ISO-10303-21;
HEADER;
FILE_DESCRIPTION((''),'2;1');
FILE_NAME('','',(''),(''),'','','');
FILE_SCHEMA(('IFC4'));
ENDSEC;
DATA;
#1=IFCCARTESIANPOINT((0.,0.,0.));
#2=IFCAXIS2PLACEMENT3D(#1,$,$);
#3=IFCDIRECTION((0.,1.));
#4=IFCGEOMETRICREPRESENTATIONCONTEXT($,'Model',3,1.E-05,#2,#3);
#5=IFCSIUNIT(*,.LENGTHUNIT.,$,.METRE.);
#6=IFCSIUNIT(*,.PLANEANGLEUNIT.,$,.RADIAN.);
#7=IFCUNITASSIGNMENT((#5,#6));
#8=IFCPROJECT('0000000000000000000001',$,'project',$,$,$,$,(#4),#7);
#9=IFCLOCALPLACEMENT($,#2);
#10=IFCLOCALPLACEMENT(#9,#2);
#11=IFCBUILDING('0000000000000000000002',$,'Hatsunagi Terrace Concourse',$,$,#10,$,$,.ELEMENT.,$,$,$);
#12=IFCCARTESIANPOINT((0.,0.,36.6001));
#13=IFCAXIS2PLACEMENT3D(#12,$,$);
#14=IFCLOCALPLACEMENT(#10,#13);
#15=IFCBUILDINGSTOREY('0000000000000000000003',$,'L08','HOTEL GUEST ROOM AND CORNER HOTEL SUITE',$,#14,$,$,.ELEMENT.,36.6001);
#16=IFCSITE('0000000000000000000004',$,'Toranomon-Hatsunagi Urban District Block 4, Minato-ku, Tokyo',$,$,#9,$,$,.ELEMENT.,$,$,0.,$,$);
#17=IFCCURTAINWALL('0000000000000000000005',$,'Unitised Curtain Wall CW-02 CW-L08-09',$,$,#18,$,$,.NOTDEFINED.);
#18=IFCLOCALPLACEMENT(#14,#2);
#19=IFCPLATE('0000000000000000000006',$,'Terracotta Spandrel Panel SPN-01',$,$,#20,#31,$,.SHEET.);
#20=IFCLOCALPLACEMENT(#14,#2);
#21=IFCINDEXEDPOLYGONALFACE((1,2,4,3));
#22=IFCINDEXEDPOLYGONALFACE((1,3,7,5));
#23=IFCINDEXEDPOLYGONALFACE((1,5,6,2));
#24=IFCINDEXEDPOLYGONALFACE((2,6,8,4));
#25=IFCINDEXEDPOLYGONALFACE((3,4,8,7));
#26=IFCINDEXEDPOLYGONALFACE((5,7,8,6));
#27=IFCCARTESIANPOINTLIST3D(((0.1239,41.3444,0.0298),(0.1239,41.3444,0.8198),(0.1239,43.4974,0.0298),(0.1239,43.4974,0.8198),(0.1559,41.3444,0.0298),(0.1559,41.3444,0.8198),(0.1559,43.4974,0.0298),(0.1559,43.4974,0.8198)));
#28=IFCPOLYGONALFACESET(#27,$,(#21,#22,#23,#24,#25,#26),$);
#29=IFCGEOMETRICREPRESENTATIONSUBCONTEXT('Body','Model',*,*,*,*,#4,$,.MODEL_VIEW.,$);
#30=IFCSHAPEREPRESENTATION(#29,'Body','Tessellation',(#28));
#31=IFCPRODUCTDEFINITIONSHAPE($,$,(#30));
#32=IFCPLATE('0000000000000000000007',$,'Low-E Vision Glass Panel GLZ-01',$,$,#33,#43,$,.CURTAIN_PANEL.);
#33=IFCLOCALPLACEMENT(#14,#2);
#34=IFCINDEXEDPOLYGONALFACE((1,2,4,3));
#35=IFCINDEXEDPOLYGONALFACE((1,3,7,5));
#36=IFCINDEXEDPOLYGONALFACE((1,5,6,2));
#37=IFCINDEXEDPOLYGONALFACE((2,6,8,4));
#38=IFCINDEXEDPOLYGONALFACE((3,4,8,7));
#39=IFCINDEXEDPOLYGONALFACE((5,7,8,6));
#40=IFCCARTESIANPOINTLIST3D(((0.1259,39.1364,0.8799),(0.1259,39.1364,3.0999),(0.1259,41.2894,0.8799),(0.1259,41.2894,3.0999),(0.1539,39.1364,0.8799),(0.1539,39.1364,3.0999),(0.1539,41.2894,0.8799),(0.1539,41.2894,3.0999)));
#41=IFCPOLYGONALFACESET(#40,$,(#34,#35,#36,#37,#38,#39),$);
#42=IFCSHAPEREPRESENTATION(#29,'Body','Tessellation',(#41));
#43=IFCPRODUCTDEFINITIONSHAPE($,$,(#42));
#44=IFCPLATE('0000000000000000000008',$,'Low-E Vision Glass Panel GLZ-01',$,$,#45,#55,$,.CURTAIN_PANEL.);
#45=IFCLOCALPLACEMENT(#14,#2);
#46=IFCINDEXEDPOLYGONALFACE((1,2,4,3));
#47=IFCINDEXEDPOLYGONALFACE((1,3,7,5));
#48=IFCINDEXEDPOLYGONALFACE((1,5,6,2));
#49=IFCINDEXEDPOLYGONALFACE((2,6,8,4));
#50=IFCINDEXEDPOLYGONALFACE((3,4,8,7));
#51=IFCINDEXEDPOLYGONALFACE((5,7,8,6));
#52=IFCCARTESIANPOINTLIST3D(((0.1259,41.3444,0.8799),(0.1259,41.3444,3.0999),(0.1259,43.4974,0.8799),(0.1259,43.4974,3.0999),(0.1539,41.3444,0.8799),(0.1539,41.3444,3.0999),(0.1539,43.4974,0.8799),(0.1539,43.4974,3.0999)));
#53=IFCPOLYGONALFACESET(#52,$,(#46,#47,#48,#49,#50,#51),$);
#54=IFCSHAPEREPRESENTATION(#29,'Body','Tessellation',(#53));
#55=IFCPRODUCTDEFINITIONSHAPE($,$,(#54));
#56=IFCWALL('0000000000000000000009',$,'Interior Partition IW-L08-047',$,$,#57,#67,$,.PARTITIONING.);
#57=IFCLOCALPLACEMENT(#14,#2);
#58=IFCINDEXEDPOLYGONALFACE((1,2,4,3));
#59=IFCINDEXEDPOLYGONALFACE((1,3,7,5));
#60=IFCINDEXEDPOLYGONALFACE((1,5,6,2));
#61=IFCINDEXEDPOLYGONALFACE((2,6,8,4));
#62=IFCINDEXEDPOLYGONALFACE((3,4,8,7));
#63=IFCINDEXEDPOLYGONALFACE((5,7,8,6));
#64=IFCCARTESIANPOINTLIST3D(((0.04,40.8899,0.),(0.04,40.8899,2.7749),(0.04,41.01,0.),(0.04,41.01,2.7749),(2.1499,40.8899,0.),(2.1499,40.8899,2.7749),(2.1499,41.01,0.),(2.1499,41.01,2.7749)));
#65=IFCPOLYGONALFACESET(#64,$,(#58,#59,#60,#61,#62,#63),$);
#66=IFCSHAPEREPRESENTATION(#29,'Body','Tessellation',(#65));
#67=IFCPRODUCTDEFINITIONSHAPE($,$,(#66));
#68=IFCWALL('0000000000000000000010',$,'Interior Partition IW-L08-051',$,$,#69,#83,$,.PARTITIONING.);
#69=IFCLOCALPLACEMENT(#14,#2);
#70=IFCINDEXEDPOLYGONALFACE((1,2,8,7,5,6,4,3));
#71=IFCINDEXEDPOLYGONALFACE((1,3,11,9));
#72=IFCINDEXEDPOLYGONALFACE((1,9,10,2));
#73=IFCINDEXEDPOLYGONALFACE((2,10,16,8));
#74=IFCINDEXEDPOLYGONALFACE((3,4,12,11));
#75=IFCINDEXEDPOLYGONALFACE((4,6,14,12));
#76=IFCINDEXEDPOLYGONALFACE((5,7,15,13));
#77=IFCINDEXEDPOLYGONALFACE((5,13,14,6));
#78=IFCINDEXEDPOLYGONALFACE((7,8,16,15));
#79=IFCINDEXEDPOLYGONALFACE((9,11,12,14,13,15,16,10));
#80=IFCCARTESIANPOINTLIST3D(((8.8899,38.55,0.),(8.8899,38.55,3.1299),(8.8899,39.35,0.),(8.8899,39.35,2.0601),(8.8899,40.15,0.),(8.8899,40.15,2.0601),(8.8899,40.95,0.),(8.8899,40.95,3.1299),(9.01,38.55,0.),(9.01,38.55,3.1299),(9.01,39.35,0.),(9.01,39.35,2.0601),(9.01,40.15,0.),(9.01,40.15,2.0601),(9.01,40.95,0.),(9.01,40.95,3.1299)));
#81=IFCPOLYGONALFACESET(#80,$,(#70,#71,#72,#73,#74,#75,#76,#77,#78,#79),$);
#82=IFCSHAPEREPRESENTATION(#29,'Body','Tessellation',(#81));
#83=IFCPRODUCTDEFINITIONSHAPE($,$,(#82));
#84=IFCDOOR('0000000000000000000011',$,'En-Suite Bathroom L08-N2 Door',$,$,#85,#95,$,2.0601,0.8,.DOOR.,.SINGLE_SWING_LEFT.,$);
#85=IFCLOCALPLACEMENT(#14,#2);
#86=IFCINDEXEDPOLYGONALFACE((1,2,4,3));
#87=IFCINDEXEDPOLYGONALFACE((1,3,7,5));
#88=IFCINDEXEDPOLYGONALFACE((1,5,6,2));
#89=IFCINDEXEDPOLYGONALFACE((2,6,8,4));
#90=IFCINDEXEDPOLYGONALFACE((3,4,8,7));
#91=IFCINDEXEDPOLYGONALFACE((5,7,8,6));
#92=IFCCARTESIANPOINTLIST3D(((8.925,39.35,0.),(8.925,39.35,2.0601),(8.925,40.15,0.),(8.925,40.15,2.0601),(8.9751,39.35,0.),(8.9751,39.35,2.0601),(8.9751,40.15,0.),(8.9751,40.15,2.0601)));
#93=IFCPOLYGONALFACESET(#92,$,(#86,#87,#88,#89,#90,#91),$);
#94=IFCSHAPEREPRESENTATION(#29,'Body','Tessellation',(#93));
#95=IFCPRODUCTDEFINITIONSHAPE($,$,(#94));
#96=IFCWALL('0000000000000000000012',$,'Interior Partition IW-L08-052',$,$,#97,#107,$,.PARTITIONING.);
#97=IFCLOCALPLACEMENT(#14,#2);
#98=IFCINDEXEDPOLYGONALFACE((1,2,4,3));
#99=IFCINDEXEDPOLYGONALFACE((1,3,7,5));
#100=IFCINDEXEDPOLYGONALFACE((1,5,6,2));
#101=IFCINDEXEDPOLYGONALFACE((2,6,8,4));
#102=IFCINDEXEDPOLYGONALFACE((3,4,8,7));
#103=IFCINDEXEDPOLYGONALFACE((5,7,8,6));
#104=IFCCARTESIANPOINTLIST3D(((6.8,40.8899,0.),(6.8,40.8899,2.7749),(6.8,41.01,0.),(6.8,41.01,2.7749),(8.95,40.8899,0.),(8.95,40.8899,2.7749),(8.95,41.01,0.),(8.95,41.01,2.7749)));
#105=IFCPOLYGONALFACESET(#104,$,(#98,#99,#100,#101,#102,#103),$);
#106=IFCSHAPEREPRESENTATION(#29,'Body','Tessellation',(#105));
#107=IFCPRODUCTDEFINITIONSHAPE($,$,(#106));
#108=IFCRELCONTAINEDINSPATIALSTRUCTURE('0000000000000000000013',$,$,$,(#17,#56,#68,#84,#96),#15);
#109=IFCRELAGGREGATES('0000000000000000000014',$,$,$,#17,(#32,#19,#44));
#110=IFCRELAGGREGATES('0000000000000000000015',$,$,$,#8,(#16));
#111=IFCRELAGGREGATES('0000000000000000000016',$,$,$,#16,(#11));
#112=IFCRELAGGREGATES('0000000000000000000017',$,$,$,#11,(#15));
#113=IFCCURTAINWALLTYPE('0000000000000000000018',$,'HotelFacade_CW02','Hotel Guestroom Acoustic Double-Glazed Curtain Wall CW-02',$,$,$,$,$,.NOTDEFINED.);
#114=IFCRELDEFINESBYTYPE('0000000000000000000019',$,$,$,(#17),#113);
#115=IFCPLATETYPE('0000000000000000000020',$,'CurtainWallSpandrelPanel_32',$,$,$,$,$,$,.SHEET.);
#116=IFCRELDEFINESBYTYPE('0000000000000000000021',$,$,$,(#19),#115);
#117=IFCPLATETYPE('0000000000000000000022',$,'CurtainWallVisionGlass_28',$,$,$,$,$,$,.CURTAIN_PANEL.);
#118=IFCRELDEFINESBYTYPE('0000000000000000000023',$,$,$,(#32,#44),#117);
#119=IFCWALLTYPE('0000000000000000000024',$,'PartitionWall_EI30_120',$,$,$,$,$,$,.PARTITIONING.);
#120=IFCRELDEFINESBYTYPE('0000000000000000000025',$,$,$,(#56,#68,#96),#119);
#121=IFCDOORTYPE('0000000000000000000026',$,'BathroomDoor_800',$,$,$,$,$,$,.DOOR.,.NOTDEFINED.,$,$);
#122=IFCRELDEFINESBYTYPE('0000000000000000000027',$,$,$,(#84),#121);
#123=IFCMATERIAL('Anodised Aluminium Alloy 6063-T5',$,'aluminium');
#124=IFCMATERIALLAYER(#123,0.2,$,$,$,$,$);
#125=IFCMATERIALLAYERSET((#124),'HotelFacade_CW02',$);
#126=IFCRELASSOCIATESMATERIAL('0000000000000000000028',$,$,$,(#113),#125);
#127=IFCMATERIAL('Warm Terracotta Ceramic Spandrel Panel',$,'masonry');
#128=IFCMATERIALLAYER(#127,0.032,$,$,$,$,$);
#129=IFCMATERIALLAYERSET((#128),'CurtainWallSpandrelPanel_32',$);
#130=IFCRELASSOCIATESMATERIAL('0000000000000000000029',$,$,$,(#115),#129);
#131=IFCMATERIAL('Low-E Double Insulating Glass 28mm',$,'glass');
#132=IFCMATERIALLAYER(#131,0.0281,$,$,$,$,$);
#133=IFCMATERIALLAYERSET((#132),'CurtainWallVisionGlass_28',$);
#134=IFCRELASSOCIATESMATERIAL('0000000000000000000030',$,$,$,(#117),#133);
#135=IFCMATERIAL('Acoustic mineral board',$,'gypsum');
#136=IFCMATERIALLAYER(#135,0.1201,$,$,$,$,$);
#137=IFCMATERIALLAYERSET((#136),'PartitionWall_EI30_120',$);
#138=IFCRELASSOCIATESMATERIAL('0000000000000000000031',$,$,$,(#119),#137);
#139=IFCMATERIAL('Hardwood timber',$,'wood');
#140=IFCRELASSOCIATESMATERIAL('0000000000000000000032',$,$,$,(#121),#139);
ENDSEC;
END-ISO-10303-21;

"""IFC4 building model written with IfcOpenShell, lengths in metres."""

from ifc_helpers import new_model, si_unit, direction, frame, frame_2d, origin, origin_2d, place, context, subcontext, project, spatial, rectangle, extrude, material, layer, layer_set, type_object, element, fill, aggregate, save


model = new_model("IFC4")

# Units and contexts
model_context = context("Model", 3, precision=1e-05, world=origin(), true_north=direction((0.0, 1.0)))
body_context = subcontext(model_context, "Body", "Model", "MODEL_VIEW")
ifc_project = project(units=[si_unit("LENGTHUNIT", "METRE"), si_unit("PLANEANGLEUNIT", "RADIAN")], contexts=[model_context])

# Site, building, storey
site_placement = place(None, origin())
site = spatial("IfcSite", under=ifc_project, at=site_placement, Name="Toranomon-Hatsunagi Urban District Block 4, Minato-ku, Tokyo", CompositionType="ELEMENT", RefElevation=0.0)
building_placement = place(site_placement, origin())
building = spatial("IfcBuilding", under=site, at=building_placement, Name="Hatsunagi Terrace Concourse", CompositionType="ELEMENT")
storey_placement = place(building_placement, frame((0.0, 0.0, 36.6001)))
storey = spatial("IfcBuildingStorey", under=building, at=storey_placement, Name="L08", Description="HOTEL GUEST ROOM AND CORNER HOTEL SUITE", CompositionType="ELEMENT", Elevation=36.6001)

# Curtain wall
ifc_material_1 = material(Name="Anodised Aluminium Alloy 6063-T5", Category="aluminium")
ifc_layer_1 = layer(ifc_material_1, 0.2)
ifc_layer_set_1 = layer_set([ifc_layer_1], Name="HotelFacade_CW02")
curtain_wall_type = type_object("IfcCurtainWallType", Name="HotelFacade_CW02", Description="Hotel Guestroom Acoustic Double-Glazed Curtain Wall CW-02", PredefinedType="NOTDEFINED", material=ifc_layer_set_1)
curtain_wall_placement = place(storey_placement, origin())
curtain_wall = element("IfcCurtainWall", 1, at=curtain_wall_placement, inside=storey, type_object=curtain_wall_type, Name="Unitised Curtain Wall CW-02 CW-L08-09", PredefinedType="NOTDEFINED")

# Plates
ifc_material_2 = material(Name="Warm Terracotta Ceramic Spandrel Panel", Category="masonry")
ifc_layer_2 = layer(ifc_material_2, 0.032)
ifc_layer_set_2 = layer_set([ifc_layer_2], Name="CurtainWallSpandrelPanel_32")
plate_type_1 = type_object("IfcPlateType", Name="CurtainWallSpandrelPanel_32", PredefinedType="SHEET", material=ifc_layer_set_2)
plate_1_placement = place(storey_placement, frame((0.1399, 42.4209, 0.0298), z_axis=(0.0, 0.0, 1.0), x_axis=(0.0, 1.0, 0.0)))
plate_1 = element("IfcPlate", 2, at=plate_1_placement, type_object=plate_type_1, Name="Terracotta Spandrel Panel SPN-01", PredefinedType="SHEET", context=body_context, shape_type="SweptSolid", body=[
    extrude(rectangle(XDim=2.1531, YDim=0.032, at=origin_2d()), origin(), (0.0, 0.0, 1.0), 0.79),
])
ifc_material_3 = material(Name="Low-E Double Insulating Glass 28mm", Category="glass")
ifc_layer_3 = layer(ifc_material_3, 0.0281)
ifc_layer_set_3 = layer_set([ifc_layer_3], Name="CurtainWallVisionGlass_28")
plate_type_2 = type_object("IfcPlateType", Name="CurtainWallVisionGlass_28", PredefinedType="CURTAIN_PANEL", material=ifc_layer_set_3)
plate_2_placement = place(storey_placement, frame((0.1399, 40.2129, 0.8799), z_axis=(0.0, 0.0, 1.0), x_axis=(0.0, 1.0, 0.0)))
plate_2 = element("IfcPlate", 3, at=plate_2_placement, type_object=plate_type_2, Name="Low-E Vision Glass Panel GLZ-01", PredefinedType="CURTAIN_PANEL", context=body_context, shape_type="SweptSolid", body=[
    extrude(rectangle(XDim=2.1531, YDim=0.0281, at=origin_2d()), origin(), (0.0, 0.0, 1.0), 2.22),
])
plate_3_placement = place(storey_placement, frame((0.1399, 42.4209, 0.8799), z_axis=(0.0, 0.0, 1.0), x_axis=(0.0, 1.0, 0.0)))
plate_3 = element("IfcPlate", 4, at=plate_3_placement, type_object=plate_type_2, Name="Low-E Vision Glass Panel GLZ-01", PredefinedType="CURTAIN_PANEL", context=body_context, shape_type="SweptSolid", body=[
    extrude(rectangle(XDim=2.1531, YDim=0.0281, at=origin_2d()), origin(), (0.0, 0.0, 1.0), 2.22),
])
aggregate(curtain_wall, [plate_2, plate_1, plate_3])

# Wall
ifc_material_4 = material(Name="Acoustic mineral board", Category="gypsum")
ifc_layer_4 = layer(ifc_material_4, 0.1201)
ifc_layer_set_4 = layer_set([ifc_layer_4], Name="PartitionWall_EI30_120")
wall_type = type_object("IfcWallType", Name="PartitionWall_EI30_120", PredefinedType="PARTITIONING", material=ifc_layer_set_4)
wall_1_placement = place(storey_placement, frame((0.04, 40.95, 0.0), z_axis=(0.0, 0.0, 1.0), x_axis=(1.0, 0.0, 0.0)))
element("IfcWall", 5, at=wall_1_placement, inside=storey, type_object=wall_type, Name="Interior Partition IW-L08-047", PredefinedType="PARTITIONING", context=body_context, shape_type="SweptSolid", body=[
    extrude(rectangle(XDim=2.1099, YDim=0.1201, at=frame_2d((1.0549, 0.0))), origin(), (0.0, 0.0, 1.0), 2.7749),
])

# Wall, opening, door
wall_2_placement = place(storey_placement, frame((8.95, 38.55, 0.0), z_axis=(0.0, 0.0, 1.0), x_axis=(0.0, 1.0, 0.0)))
wall_2 = element("IfcWall", 6, at=wall_2_placement, inside=storey, type_object=wall_type, Name="Interior Partition IW-L08-051", PredefinedType="PARTITIONING", context=body_context, shape_type="SweptSolid", body=[
    extrude(rectangle(XDim=2.3999, YDim=0.1201, at=frame_2d((1.2, 0.0))), origin(), (0.0, 0.0, 1.0), 3.1299),
])
opening_placement = place(wall_2_placement, frame((0.8, 0.0, 0.0)))
opening = element("IfcOpeningElement", 7, at=opening_placement, cuts=wall_2, PredefinedType="OPENING", context=body_context, shape_type="SweptSolid", body=[
    extrude(rectangle(XDim=0.8, YDim=2.0601, at=frame_2d((0.3999, 1.03))), frame((0.0, 0.0701, 0.0), z_axis=(0.0, -1.0, 0.0), x_axis=(1.0, 0.0, 0.0)), (0.0, 0.0, 1.0), 0.1401),
])
ifc_material_5 = material(Name="Hardwood timber", Category="wood")
door_type = type_object("IfcDoorType", Name="BathroomDoor_800", OperationType="NOTDEFINED", PredefinedType="DOOR", material=ifc_material_5)
door_placement = place(opening_placement, origin())
door = element("IfcDoor", 8, at=door_placement, inside=storey, type_object=door_type, Name="En-Suite Bathroom L08-N2 Door", OperationType="SINGLE_SWING_LEFT", OverallHeight=2.0601, OverallWidth=0.8, PredefinedType="DOOR", context=body_context, shape_type="SweptSolid", body=[
    extrude(rectangle(XDim=0.8, YDim=2.0601, at=frame_2d((0.3999, 1.03))), frame((0.0, 0.0249, 0.0), z_axis=(0.0, -1.0, 0.0), x_axis=(1.0, 0.0, 0.0)), (0.0, 0.0, 1.0), 0.05),
])
fill(opening, door)

# Wall
wall_3_placement = place(storey_placement, frame((6.8, 40.95, 0.0), z_axis=(0.0, 0.0, 1.0), x_axis=(1.0, 0.0, 0.0)))
element("IfcWall", 9, at=wall_3_placement, inside=storey, type_object=wall_type, Name="Interior Partition IW-L08-052", PredefinedType="PARTITIONING", context=body_context, shape_type="SweptSolid", body=[
    extrude(rectangle(XDim=2.1499, YDim=0.1201, at=frame_2d((1.075, 0.0))), origin(), (0.0, 0.0, 1.0), 2.7749),
])

save(model, "model.ifc")
